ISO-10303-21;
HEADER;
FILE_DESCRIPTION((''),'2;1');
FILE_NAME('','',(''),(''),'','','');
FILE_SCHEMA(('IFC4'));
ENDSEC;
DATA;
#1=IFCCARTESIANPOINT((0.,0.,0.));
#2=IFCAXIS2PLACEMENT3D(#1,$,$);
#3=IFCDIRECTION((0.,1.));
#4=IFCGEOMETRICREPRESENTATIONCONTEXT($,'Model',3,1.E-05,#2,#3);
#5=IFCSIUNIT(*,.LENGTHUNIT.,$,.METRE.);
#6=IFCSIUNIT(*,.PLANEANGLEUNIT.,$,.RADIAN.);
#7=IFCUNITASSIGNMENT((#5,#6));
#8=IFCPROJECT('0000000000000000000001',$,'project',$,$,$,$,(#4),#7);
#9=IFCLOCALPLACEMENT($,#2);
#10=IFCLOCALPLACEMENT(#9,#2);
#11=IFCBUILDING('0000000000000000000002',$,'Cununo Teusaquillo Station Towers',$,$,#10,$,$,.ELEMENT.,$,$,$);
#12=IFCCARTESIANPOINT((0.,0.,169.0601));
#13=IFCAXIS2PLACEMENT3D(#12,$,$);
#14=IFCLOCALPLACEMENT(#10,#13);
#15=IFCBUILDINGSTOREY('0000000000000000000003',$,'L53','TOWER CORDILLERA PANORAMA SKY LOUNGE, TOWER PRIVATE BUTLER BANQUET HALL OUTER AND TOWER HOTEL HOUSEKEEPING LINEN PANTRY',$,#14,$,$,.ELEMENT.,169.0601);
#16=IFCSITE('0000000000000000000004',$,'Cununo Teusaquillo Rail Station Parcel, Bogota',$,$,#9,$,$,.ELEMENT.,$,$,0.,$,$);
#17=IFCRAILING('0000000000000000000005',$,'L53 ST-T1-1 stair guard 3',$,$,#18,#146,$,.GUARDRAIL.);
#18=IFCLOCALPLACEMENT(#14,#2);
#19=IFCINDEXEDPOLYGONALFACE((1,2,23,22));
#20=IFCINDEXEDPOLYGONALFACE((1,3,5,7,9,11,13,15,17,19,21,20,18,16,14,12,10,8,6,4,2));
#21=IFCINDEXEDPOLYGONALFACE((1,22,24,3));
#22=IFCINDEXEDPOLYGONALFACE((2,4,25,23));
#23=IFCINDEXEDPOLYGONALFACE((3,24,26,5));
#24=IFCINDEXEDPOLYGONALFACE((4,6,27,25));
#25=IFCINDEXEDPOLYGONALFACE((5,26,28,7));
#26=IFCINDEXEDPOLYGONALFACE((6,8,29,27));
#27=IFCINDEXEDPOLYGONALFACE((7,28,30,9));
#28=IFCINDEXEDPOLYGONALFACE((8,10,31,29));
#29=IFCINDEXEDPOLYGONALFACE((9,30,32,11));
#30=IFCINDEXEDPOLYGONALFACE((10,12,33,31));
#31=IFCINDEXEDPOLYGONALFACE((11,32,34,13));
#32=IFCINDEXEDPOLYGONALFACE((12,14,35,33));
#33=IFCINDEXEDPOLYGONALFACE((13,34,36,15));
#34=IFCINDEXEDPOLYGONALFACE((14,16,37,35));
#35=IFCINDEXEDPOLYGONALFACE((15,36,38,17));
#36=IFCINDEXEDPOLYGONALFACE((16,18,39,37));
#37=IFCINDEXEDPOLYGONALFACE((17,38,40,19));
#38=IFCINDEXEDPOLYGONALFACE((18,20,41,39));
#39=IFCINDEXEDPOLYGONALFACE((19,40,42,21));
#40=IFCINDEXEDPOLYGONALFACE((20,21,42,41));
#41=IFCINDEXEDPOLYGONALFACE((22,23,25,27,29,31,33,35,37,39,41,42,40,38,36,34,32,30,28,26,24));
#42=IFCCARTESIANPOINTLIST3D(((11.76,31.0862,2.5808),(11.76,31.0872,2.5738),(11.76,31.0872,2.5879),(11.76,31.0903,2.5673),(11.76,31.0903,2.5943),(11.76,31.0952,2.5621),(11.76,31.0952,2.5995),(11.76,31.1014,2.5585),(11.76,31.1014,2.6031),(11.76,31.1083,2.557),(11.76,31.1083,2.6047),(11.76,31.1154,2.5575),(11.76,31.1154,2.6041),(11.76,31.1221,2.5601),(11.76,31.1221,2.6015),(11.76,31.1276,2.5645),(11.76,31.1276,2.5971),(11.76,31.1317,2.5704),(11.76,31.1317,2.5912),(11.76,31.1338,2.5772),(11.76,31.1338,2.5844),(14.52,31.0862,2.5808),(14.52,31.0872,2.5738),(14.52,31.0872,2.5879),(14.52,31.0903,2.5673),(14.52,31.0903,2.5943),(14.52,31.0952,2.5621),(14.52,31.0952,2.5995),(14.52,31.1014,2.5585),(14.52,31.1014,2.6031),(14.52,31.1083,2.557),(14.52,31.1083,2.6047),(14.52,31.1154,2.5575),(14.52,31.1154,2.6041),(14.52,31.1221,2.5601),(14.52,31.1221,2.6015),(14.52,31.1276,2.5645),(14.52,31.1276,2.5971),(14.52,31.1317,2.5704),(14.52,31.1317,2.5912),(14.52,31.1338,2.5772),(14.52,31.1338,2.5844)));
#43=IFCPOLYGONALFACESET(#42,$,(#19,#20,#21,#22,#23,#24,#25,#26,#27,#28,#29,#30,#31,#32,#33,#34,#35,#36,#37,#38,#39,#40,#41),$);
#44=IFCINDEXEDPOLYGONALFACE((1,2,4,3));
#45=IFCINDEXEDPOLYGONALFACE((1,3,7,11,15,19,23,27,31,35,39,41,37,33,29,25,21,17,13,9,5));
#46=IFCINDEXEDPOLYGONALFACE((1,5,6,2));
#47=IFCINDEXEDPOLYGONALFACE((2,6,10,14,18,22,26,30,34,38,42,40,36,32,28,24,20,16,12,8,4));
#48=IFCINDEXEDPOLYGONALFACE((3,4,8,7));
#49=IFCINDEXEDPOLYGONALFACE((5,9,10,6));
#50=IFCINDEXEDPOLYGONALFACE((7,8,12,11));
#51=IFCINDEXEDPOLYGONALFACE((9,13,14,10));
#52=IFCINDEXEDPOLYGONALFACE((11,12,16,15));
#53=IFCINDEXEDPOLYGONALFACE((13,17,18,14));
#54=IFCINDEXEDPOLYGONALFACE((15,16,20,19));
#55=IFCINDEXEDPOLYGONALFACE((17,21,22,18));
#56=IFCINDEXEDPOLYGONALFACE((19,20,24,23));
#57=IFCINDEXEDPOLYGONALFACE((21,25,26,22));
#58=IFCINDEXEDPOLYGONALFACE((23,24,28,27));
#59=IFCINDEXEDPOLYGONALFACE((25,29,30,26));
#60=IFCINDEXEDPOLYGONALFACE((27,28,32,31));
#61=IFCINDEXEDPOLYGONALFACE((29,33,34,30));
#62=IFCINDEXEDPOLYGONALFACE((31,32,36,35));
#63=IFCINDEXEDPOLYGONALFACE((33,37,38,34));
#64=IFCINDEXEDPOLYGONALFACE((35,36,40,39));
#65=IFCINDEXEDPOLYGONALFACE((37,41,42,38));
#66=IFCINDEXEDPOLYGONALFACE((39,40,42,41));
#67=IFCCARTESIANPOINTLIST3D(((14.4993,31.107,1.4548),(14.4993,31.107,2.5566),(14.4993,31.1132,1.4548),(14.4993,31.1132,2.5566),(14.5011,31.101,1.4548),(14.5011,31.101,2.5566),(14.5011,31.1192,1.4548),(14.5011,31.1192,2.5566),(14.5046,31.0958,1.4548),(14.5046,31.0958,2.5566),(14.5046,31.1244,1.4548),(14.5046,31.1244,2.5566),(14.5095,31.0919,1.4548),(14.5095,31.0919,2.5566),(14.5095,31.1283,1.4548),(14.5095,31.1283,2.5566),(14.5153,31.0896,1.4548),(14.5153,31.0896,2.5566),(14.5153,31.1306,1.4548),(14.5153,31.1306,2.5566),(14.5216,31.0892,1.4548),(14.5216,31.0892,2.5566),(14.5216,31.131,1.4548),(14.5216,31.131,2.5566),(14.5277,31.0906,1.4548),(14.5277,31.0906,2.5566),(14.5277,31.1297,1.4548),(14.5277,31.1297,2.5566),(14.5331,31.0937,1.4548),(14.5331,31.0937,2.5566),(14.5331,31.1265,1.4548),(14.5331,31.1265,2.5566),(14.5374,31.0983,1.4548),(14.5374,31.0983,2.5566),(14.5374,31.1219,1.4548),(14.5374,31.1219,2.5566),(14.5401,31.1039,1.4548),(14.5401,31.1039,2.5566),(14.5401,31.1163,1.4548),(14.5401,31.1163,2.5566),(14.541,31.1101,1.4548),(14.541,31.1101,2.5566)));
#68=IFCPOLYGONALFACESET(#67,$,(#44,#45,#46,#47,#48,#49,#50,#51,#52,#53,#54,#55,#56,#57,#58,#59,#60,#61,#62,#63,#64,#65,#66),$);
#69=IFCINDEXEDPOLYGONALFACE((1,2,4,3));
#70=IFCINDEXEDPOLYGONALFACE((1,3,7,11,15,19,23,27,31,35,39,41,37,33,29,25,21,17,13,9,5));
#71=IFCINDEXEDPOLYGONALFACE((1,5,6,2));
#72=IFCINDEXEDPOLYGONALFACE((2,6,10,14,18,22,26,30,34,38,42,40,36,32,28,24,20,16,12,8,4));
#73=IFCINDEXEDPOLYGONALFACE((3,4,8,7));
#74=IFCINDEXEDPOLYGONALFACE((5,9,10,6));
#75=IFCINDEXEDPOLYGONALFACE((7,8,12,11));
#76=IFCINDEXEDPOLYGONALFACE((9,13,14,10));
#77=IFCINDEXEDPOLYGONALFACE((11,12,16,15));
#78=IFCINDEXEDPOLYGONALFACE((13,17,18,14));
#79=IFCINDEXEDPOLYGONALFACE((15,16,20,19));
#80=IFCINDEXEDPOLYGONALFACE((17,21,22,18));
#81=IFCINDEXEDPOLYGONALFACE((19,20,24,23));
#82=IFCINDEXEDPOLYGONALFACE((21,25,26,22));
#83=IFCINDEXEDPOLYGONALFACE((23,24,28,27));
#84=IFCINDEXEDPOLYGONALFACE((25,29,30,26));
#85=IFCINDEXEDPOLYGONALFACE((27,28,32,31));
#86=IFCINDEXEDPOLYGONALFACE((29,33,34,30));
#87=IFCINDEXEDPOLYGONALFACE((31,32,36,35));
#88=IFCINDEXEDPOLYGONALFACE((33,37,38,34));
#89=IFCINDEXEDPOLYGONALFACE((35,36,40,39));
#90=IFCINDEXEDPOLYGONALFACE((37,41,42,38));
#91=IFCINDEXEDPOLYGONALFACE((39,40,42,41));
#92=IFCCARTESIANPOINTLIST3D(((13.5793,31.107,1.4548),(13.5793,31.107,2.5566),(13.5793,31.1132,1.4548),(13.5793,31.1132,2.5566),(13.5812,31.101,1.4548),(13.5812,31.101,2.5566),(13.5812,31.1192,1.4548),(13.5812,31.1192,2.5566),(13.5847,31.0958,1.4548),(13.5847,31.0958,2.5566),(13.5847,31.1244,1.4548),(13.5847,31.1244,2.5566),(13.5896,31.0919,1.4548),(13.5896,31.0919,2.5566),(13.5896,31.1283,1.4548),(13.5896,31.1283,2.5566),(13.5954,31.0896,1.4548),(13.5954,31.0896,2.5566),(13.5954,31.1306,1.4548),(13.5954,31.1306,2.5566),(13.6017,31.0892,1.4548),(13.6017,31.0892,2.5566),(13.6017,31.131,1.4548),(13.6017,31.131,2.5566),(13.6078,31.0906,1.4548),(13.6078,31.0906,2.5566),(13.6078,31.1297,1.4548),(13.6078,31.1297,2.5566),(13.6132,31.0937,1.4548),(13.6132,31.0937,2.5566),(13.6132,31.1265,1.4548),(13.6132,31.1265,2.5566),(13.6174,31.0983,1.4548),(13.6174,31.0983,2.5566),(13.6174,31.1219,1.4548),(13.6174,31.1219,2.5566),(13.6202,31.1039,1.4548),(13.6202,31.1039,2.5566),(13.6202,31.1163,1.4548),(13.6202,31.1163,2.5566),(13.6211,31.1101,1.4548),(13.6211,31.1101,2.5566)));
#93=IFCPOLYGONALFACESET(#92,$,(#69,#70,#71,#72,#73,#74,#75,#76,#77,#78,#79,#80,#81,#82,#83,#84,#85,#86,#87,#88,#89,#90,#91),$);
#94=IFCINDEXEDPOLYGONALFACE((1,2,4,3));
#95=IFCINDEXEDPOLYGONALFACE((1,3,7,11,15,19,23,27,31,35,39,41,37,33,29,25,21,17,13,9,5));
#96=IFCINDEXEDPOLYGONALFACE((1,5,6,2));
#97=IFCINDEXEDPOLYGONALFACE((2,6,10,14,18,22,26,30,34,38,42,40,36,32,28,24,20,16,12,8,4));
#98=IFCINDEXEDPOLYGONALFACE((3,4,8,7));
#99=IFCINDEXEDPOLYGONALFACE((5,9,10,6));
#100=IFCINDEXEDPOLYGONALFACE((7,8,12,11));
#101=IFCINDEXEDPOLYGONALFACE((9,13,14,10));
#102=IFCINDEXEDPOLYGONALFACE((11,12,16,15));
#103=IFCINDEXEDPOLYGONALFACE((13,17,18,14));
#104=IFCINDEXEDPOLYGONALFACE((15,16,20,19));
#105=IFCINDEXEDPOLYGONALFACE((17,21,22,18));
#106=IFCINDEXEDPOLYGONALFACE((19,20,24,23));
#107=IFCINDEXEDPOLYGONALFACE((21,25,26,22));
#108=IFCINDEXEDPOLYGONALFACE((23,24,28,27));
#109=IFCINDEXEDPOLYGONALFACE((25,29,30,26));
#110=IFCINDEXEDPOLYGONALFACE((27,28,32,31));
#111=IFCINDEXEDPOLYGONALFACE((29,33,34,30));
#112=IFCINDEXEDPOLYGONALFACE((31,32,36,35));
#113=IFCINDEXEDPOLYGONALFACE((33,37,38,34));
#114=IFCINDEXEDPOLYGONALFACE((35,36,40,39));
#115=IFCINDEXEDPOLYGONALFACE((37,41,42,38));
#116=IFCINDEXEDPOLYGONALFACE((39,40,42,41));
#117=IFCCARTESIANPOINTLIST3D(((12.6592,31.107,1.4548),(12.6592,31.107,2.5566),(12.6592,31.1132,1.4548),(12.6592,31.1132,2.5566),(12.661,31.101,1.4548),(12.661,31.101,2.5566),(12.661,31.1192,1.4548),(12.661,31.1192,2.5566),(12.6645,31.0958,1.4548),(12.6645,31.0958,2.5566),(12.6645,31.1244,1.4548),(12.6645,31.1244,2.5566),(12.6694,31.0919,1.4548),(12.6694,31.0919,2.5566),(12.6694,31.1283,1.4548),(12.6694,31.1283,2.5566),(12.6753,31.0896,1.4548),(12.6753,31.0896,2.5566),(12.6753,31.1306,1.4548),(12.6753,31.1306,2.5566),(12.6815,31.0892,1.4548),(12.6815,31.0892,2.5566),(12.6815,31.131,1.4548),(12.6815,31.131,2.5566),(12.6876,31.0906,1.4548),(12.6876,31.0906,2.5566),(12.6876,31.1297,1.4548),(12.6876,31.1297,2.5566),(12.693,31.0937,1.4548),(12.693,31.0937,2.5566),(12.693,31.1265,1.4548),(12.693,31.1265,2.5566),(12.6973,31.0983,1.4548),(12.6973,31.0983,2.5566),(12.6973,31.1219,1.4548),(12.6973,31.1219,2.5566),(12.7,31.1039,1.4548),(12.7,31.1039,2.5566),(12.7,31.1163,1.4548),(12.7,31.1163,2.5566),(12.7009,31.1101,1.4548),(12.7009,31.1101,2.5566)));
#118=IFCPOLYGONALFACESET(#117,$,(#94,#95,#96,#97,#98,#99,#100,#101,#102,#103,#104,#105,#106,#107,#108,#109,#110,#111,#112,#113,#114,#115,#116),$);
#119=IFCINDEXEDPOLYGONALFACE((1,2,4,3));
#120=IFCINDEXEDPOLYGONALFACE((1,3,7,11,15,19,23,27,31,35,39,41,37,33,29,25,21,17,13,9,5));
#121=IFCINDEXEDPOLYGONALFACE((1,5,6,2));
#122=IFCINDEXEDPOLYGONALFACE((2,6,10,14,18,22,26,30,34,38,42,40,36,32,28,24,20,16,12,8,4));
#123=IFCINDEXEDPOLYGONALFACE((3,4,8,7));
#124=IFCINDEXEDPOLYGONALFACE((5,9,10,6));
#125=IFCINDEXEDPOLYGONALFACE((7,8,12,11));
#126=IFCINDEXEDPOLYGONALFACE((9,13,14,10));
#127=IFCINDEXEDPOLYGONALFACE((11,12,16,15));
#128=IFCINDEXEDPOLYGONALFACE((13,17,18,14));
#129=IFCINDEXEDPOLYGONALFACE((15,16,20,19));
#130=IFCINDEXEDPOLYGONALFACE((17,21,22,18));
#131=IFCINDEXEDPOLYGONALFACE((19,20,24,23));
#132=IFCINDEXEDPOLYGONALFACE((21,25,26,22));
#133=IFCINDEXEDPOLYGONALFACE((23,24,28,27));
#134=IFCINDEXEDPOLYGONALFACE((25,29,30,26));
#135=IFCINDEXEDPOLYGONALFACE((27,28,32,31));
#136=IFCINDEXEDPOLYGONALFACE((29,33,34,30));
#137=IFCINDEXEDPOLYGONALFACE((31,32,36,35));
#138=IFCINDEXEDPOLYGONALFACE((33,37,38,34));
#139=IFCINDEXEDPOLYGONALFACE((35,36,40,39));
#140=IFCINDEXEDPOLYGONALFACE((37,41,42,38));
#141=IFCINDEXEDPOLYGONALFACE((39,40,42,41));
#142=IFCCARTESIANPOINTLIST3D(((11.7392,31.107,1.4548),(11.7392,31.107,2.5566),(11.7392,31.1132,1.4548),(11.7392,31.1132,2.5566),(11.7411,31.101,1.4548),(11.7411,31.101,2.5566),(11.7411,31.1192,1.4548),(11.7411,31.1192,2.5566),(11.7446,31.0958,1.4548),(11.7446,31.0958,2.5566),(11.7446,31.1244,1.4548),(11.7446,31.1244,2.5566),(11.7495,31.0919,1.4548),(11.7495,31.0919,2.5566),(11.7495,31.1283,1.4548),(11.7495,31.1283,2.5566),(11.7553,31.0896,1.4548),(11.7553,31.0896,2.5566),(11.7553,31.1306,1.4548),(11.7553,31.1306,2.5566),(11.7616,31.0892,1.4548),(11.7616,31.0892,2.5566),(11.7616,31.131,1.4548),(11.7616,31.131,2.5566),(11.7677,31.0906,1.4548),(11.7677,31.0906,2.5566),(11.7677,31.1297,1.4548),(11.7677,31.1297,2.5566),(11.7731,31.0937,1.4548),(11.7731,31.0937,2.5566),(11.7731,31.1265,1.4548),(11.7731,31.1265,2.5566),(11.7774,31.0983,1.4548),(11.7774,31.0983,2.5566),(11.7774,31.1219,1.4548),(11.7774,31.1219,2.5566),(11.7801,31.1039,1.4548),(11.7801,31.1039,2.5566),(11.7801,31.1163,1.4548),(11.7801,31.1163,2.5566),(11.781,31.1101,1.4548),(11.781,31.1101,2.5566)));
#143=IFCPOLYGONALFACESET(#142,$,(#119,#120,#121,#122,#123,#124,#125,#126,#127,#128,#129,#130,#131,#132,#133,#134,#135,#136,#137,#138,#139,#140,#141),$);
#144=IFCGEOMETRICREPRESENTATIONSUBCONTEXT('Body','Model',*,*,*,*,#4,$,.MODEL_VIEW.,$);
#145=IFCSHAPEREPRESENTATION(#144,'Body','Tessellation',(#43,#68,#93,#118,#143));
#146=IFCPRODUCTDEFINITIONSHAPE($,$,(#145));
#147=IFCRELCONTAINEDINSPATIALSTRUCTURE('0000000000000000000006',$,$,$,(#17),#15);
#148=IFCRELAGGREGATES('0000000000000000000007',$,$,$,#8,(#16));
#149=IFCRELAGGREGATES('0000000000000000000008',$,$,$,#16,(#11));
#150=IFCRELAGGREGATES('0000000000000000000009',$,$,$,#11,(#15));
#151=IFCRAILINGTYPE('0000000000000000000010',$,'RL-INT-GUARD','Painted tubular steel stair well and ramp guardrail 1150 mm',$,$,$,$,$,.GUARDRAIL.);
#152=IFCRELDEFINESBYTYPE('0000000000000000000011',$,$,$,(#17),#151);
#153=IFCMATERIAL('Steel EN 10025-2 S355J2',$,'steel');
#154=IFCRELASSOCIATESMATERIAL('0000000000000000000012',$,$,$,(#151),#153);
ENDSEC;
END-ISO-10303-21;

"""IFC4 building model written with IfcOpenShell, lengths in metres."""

from ifc_helpers import new_model, si_unit, direction, frame, origin, origin_2d, place, context, subcontext, project, spatial, circle, extrude, material, type_object, element, save


model = new_model("IFC4")

# Units and contexts
model_context = context("Model", 3, precision=1e-05, world=origin(), true_north=direction((0.0, 1.0)))
body_context = subcontext(model_context, "Body", "Model", "MODEL_VIEW")
ifc_project = project(units=[si_unit("LENGTHUNIT", "METRE"), si_unit("PLANEANGLEUNIT", "RADIAN")], contexts=[model_context])

# Site, building, storey
site_placement = place(None, origin())
site = spatial("IfcSite", under=ifc_project, at=site_placement, Name="Cununo Teusaquillo Rail Station Parcel, Bogota", CompositionType="ELEMENT", RefElevation=0.0)
building_placement = place(site_placement, origin())
building = spatial("IfcBuilding", under=site, at=building_placement, Name="Cununo Teusaquillo Station Towers", CompositionType="ELEMENT")
storey_placement = place(building_placement, frame((0.0, 0.0, 169.0601)))
storey = spatial("IfcBuildingStorey", under=building, at=storey_placement, Name="L53", Description="TOWER CORDILLERA PANORAMA SKY LOUNGE, TOWER PRIVATE BUTLER BANQUET HALL OUTER AND TOWER HOTEL HOUSEKEEPING LINEN PANTRY", CompositionType="ELEMENT", Elevation=169.0601)

# Railing
ifc_material_1 = material(Name="Steel EN 10025-2 S355J2", Category="steel")
railing_type_1 = type_object("IfcRailingType", Name="RL-INT-GUARD", Description="Painted tubular steel stair well and ramp guardrail 1150 mm", PredefinedType="GUARDRAIL", material=ifc_material_1)
railing_1_placement = place(storey_placement, frame((14.52, 31.1101, 1.4548)))
element("IfcRailing", 1, at=railing_1_placement, inside=storey, type_object=railing_type_1, Name="L53 ST-T1-1 stair guard 3", PredefinedType="GUARDRAIL", context=body_context, shape_type="SweptSolid", body=[
    extrude(circle(Radius=0.0239, at=origin_2d()), frame((0.0, 0.0, 1.126), z_axis=(-1.0, 0.0, 0.0), x_axis=(0.0, -1.0, 0.0)), (0.0, 0.0, 1.0), 2.76),
    extrude(circle(Radius=0.021, at=origin_2d()), origin(), (0.0, 0.0, 1.0), 1.1018),
    extrude(circle(Radius=0.021, at=origin_2d()), frame((-0.9199, 0.0, 0.0)), (0.0, 0.0, 1.0), 1.1018),
    extrude(circle(Radius=0.021, at=origin_2d()), frame((-1.8401, 0.0, 0.0)), (0.0, 0.0, 1.0), 1.1018),
    extrude(circle(Radius=0.021, at=origin_2d()), frame((-2.76, 0.0, 0.0)), (0.0, 0.0, 1.0), 1.1018),
])

save(model, "model.ifc")
